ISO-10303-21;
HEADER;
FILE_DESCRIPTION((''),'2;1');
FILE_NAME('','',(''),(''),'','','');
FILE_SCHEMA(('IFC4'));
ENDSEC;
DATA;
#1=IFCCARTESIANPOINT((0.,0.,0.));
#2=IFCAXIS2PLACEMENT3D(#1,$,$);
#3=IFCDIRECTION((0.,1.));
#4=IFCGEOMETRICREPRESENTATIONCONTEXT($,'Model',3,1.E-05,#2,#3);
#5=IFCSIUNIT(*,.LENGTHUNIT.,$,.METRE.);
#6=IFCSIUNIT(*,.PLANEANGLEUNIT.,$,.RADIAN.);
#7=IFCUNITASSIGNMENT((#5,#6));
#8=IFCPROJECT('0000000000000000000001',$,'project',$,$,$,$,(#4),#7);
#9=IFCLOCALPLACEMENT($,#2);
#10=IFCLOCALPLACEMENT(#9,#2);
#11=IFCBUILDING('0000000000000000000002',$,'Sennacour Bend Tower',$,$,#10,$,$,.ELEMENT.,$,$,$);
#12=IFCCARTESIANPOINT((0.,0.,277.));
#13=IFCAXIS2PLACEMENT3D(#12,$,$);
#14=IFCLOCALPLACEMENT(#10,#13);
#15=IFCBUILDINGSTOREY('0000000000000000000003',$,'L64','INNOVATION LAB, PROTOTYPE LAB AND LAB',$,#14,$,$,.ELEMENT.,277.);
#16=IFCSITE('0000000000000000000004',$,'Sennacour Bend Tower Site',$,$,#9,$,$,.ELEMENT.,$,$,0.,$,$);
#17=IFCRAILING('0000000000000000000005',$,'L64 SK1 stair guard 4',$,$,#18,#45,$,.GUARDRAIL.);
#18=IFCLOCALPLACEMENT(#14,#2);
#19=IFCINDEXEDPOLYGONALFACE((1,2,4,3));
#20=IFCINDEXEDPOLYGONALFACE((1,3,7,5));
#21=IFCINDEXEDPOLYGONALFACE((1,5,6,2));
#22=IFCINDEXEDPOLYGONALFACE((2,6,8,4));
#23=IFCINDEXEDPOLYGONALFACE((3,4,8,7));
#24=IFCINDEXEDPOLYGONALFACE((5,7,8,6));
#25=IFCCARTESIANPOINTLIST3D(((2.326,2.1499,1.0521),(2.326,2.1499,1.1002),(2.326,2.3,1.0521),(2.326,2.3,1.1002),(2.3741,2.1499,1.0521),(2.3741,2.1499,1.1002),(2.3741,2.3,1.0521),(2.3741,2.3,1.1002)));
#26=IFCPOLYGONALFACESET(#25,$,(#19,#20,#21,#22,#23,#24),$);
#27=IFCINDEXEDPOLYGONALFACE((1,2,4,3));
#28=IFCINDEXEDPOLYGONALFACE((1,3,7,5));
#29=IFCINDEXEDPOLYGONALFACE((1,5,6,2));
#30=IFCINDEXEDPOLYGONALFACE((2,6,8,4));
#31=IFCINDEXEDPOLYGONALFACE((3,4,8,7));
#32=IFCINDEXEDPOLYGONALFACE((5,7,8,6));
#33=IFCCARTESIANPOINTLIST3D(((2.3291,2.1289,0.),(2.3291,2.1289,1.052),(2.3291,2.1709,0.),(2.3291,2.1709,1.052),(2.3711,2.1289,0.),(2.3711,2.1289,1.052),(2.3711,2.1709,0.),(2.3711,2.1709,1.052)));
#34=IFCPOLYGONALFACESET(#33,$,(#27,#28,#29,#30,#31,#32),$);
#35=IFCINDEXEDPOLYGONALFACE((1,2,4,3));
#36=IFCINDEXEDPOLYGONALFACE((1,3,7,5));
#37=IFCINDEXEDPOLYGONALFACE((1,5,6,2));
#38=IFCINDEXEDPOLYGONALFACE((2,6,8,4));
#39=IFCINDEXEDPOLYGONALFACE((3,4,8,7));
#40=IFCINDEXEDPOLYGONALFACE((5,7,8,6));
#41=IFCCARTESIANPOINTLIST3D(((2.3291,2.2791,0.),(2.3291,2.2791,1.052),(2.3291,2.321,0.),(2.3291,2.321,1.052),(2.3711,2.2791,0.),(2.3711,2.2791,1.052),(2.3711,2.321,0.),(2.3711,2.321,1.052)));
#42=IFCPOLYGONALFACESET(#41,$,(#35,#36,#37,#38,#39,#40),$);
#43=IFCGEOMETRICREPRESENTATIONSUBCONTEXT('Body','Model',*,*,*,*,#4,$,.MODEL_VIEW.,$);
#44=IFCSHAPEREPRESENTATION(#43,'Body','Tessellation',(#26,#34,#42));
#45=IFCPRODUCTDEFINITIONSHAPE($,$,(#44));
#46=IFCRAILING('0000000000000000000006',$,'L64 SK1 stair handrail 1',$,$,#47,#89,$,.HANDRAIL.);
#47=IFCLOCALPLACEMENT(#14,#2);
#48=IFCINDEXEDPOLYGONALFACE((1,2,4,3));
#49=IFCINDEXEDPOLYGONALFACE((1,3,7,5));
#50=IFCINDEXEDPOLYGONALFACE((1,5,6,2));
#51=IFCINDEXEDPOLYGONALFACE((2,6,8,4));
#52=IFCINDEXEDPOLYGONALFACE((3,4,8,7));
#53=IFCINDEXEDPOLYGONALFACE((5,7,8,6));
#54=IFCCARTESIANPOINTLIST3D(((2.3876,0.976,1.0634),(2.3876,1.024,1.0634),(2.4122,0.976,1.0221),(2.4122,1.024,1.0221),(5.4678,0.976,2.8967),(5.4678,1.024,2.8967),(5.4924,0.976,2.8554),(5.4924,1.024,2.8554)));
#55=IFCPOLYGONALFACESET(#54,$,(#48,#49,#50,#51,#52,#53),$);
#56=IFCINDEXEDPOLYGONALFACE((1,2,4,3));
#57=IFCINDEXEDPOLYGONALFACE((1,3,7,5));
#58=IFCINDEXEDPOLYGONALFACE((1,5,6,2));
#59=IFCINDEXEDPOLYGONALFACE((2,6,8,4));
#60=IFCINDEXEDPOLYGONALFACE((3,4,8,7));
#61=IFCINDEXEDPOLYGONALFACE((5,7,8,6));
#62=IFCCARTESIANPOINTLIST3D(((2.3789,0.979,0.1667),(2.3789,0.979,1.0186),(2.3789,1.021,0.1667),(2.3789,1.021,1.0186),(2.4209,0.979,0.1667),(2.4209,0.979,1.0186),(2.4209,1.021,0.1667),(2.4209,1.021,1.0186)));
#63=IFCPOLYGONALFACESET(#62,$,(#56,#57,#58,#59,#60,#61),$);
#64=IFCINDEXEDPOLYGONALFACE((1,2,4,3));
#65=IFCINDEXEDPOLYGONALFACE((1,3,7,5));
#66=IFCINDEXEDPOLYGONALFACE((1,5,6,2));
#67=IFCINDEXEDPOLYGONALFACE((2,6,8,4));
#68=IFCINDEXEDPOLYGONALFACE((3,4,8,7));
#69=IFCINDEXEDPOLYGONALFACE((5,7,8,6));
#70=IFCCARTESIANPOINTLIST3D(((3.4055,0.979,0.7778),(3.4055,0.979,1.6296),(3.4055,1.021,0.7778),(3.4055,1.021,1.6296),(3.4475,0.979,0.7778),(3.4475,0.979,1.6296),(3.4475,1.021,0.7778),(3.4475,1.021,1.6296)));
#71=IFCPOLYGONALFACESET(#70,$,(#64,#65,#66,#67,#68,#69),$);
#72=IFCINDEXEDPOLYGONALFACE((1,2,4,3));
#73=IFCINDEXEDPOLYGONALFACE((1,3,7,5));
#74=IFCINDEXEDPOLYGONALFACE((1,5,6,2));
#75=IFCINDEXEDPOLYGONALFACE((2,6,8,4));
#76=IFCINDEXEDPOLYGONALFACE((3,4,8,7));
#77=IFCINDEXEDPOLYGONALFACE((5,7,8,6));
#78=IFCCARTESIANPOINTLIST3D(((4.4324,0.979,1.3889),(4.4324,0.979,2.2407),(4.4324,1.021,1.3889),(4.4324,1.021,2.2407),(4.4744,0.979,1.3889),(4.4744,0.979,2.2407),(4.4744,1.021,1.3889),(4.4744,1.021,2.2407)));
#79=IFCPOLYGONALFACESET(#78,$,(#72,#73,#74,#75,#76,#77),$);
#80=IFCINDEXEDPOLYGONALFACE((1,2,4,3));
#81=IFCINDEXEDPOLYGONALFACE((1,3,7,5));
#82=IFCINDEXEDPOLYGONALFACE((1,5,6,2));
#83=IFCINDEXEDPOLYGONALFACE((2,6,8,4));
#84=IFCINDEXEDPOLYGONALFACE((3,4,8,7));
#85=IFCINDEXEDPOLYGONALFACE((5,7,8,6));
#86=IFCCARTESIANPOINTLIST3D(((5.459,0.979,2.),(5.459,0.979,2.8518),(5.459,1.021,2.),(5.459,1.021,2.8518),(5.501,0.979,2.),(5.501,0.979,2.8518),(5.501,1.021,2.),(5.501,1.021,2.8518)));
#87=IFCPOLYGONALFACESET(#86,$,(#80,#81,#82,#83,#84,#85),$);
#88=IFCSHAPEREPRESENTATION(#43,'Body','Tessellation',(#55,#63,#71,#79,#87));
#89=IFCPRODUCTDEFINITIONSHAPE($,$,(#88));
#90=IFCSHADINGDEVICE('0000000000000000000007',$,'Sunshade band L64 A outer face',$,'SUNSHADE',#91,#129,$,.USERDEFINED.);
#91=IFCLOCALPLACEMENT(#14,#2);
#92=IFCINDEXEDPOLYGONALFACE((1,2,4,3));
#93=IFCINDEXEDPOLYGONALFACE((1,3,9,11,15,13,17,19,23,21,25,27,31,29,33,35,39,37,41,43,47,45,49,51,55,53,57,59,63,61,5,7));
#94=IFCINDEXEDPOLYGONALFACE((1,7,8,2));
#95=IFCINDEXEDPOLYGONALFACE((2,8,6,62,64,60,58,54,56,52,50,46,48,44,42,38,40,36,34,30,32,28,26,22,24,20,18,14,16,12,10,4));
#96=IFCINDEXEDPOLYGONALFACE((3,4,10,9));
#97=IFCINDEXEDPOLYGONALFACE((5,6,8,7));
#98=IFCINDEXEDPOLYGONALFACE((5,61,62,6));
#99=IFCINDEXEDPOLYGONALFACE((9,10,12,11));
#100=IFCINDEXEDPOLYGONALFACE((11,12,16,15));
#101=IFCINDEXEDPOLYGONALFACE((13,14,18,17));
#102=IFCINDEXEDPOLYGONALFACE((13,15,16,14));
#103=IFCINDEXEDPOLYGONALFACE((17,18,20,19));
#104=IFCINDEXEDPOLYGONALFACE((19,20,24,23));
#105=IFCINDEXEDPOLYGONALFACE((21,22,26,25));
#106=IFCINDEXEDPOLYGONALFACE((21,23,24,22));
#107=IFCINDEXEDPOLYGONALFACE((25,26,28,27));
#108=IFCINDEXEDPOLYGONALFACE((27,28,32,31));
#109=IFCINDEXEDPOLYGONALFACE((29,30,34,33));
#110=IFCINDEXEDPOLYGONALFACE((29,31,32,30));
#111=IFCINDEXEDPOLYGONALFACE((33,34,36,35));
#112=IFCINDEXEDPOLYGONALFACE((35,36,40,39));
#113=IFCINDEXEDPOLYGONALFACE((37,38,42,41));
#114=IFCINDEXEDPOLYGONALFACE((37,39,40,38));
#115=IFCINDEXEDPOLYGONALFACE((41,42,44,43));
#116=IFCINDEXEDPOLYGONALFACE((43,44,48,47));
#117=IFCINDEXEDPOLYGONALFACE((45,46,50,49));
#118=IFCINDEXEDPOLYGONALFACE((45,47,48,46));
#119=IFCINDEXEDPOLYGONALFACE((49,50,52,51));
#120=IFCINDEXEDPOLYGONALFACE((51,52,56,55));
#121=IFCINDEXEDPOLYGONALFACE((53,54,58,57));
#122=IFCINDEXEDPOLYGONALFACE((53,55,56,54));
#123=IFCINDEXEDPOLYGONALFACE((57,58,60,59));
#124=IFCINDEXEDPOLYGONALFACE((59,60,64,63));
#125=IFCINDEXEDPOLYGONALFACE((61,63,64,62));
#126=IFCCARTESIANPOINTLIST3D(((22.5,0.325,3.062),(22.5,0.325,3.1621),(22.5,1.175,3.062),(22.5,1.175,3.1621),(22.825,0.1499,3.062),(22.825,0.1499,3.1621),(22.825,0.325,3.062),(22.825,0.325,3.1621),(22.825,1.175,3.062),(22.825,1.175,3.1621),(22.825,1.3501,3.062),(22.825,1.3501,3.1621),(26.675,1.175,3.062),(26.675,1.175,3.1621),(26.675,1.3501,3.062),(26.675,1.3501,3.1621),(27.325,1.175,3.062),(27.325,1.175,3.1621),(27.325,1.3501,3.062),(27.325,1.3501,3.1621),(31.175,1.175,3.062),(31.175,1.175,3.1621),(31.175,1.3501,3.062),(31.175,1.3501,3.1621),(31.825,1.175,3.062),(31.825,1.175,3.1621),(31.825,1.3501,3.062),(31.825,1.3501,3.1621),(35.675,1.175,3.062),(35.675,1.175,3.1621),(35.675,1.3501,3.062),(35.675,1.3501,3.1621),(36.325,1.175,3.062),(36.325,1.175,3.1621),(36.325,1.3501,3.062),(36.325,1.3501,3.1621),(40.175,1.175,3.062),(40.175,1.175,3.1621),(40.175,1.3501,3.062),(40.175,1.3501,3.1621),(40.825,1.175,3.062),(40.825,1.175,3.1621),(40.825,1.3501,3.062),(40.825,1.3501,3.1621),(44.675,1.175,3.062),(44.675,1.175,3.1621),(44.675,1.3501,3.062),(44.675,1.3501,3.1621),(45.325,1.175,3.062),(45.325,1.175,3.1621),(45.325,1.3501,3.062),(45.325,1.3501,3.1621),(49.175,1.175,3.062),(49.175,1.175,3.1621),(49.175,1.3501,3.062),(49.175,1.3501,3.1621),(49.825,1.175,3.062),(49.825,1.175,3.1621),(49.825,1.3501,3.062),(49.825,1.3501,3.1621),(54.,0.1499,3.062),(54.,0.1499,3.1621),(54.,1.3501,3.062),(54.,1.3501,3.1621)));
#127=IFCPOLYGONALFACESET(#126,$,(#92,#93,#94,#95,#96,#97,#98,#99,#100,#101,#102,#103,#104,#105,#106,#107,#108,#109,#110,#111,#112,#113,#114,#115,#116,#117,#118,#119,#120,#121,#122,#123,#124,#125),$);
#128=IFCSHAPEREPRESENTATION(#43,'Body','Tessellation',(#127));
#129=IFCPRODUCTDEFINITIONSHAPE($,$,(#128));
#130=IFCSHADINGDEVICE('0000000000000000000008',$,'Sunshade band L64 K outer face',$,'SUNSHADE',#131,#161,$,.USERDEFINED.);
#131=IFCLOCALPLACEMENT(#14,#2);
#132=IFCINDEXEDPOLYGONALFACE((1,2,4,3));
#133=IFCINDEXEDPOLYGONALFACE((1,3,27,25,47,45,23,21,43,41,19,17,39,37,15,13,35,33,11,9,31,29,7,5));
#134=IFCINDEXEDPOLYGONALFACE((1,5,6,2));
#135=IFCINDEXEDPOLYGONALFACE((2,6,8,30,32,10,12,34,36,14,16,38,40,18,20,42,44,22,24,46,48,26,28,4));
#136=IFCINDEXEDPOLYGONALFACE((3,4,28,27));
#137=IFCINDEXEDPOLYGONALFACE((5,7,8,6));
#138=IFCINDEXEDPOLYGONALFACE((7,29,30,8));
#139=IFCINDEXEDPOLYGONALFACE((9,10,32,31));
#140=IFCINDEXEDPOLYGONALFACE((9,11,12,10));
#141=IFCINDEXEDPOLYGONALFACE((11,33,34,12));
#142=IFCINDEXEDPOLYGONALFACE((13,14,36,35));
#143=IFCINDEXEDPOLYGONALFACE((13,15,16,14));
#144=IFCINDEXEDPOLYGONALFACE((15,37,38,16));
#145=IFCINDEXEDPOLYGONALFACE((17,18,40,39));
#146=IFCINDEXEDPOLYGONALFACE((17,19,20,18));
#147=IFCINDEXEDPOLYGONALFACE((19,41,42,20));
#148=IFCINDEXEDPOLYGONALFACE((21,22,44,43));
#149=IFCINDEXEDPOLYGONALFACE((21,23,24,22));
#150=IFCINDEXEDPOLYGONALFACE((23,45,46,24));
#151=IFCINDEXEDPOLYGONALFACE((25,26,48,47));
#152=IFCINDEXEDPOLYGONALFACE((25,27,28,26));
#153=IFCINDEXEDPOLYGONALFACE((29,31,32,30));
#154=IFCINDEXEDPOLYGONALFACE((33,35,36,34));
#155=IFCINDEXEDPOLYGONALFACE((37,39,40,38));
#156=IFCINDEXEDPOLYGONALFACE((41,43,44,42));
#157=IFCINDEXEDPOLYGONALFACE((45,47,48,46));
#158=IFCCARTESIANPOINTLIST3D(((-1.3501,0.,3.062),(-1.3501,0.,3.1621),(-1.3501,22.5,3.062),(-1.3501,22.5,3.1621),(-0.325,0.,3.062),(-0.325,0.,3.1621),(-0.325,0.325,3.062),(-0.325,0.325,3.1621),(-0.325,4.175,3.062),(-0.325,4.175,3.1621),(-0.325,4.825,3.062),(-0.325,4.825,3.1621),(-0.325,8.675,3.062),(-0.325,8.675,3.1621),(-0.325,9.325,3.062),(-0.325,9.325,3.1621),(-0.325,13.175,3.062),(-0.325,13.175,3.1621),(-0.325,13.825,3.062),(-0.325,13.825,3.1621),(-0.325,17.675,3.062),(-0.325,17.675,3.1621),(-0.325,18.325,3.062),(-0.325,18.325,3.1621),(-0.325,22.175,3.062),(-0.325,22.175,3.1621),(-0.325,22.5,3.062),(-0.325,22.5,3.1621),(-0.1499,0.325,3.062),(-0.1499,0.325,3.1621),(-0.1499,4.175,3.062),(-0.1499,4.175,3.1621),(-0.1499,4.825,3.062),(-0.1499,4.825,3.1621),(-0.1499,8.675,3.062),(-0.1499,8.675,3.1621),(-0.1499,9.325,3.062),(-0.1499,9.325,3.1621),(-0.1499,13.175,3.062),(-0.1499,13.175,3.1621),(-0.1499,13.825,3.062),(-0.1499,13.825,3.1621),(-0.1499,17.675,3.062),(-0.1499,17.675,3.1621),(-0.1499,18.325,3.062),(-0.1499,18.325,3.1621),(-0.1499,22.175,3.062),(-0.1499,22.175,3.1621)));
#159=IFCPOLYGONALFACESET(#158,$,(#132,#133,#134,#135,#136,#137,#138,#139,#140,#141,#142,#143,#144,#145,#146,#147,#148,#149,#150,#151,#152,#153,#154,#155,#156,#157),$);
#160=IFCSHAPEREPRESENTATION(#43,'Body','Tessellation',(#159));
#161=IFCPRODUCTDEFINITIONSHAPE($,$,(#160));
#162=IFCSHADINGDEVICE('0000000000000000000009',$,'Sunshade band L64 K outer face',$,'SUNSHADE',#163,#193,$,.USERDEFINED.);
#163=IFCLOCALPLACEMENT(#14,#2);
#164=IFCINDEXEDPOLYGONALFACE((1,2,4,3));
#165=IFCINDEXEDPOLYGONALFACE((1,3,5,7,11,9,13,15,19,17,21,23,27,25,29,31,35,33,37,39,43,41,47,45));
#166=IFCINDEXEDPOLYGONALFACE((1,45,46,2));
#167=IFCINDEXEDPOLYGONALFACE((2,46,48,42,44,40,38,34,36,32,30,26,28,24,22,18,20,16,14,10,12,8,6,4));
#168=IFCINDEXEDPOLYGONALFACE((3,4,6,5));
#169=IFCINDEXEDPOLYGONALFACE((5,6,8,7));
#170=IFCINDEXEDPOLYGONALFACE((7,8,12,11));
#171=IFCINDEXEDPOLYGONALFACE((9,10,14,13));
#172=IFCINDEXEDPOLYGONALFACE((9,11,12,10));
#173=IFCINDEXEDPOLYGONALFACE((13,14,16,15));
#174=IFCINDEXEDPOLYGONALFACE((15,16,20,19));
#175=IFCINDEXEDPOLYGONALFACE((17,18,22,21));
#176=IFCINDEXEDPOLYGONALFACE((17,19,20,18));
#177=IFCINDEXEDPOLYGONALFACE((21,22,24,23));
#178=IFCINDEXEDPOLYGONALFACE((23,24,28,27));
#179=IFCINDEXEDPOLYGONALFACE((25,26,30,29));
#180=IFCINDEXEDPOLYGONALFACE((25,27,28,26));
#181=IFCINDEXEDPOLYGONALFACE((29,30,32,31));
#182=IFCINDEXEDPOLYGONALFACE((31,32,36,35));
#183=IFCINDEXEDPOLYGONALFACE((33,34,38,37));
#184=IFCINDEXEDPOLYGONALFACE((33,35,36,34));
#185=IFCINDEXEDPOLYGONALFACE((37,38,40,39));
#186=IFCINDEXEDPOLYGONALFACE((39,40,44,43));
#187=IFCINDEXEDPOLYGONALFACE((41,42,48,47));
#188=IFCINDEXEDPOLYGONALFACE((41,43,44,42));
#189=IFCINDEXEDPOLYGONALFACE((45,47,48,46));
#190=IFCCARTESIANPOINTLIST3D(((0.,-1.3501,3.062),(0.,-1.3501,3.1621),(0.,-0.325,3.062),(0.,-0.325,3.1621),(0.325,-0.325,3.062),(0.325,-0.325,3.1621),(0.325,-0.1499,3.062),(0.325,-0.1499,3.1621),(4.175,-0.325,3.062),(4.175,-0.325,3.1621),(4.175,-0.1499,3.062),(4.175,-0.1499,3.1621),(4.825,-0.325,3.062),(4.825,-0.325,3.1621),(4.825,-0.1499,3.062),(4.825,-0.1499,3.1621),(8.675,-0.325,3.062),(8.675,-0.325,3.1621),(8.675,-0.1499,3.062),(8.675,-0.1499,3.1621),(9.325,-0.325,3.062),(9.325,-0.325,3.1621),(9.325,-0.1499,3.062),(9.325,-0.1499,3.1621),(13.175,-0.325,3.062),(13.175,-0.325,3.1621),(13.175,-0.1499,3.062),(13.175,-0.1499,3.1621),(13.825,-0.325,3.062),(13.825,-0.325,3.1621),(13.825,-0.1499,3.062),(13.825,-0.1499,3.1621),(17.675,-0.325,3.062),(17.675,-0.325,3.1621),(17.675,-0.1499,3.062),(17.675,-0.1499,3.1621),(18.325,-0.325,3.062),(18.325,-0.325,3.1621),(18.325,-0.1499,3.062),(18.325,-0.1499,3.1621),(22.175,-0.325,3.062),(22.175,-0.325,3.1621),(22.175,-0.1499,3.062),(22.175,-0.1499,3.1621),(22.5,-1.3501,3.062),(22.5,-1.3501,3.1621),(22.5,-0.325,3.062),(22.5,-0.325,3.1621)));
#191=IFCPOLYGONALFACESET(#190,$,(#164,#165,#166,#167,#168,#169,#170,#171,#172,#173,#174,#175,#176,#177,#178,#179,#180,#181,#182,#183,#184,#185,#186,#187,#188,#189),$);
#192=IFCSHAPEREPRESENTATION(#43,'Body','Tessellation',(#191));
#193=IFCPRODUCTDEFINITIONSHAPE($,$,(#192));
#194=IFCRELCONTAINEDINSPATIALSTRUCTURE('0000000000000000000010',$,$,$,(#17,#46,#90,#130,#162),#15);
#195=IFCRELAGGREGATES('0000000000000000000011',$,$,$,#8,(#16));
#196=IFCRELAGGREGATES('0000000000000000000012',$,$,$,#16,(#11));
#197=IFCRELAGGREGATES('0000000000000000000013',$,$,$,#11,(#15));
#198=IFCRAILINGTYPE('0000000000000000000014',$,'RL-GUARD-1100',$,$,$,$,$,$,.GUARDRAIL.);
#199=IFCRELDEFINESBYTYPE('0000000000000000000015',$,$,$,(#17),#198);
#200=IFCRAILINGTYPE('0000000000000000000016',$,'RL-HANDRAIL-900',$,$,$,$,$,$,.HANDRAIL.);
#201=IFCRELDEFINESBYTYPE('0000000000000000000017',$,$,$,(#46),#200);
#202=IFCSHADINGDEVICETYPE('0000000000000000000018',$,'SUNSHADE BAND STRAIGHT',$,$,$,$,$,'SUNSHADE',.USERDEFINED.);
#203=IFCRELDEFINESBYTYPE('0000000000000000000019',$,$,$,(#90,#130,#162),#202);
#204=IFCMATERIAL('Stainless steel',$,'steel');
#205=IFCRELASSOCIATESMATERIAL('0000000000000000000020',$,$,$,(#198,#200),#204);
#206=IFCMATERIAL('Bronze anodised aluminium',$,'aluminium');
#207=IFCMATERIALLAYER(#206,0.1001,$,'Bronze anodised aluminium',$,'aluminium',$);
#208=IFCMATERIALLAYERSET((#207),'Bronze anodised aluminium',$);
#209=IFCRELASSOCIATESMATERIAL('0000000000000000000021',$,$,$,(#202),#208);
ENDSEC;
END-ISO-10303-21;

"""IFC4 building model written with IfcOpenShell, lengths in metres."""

from ifc_helpers import new_model, si_unit, direction, frame, origin, origin_2d, place, context, subcontext, project, spatial, polyline, rectangle, outline, extrude, material, layer, layer_set, type_object, element, save


model = new_model("IFC4")

# Units and contexts
model_context = context("Model", 3, precision=1e-05, world=origin(), true_north=direction((0.0, 1.0)))
body_context = subcontext(model_context, "Body", "Model", "MODEL_VIEW")
ifc_project = project(units=[si_unit("LENGTHUNIT", "METRE"), si_unit("PLANEANGLEUNIT", "RADIAN")], contexts=[model_context])

# Site, building, storey
site_placement = place(None, origin())
site = spatial("IfcSite", under=ifc_project, at=site_placement, Name="Sennacour Bend Tower Site", CompositionType="ELEMENT", RefElevation=0.0)
building_placement = place(site_placement, origin())
building = spatial("IfcBuilding", under=site, at=building_placement, Name="Sennacour Bend Tower", CompositionType="ELEMENT")
storey_placement = place(building_placement, frame((0.0, 0.0, 277.0)))
storey = spatial("IfcBuildingStorey", under=building, at=storey_placement, Name="L64", Description="INNOVATION LAB, PROTOTYPE LAB AND LAB", CompositionType="ELEMENT", Elevation=277.0)

# Railings
ifc_material_1 = material(Name="Stainless steel", Category="steel")
railing_type_1 = type_object("IfcRailingType", Name="RL-GUARD-1100", PredefinedType="GUARDRAIL", material=ifc_material_1)
railing_1_placement = place(storey_placement, frame((2.3501, 2.1499, 0.0)))
element("IfcRailing", 1, at=railing_1_placement, inside=storey, type_object=railing_type_1, Name="L64 SK1 stair guard 4", PredefinedType="GUARDRAIL", context=body_context, shape_type="SweptSolid", body=[
    extrude(rectangle(XDim=0.0481, YDim=0.0481, at=origin_2d()), frame((0.0, 0.0, 1.0762), z_axis=(0.0, 1.0, 0.0), x_axis=(-1.0, 0.0, 0.0)), (0.0, 0.0, 1.0), 0.1501),
    extrude(rectangle(XDim=0.042, YDim=0.042, at=origin_2d()), origin(), (0.0, 0.0, 1.0), 1.052),
    extrude(rectangle(XDim=0.042, YDim=0.042, at=origin_2d()), frame((0.0, 0.1501, 0.0)), (0.0, 0.0, 1.0), 1.052),
])
railing_type_2 = type_object("IfcRailingType", Name="RL-HANDRAIL-900", PredefinedType="HANDRAIL", material=ifc_material_1)
railing_2_placement = place(storey_placement, frame((2.3999, 1.0, 0.1667)))
element("IfcRailing", 2, at=railing_2_placement, inside=storey, type_object=railing_type_2, Name="L64 SK1 stair handrail 1", PredefinedType="HANDRAIL", context=body_context, shape_type="SweptSolid", body=[
    extrude(rectangle(XDim=0.0481, YDim=0.0481, at=origin_2d()), frame((0.0, 0.0, 0.876), z_axis=(0.859309, 0.0, 0.511458), x_axis=(0.0, 1.0, 0.0)), (0.0, 0.0, 1.0), 3.5845),
    extrude(rectangle(XDim=0.042, YDim=0.042, at=origin_2d()), origin(), (0.0, 0.0, 1.0), 0.8518),
    extrude(rectangle(XDim=0.042, YDim=0.042, at=origin_2d()), frame((1.0266, 0.0, 0.6111)), (0.0, 0.0, 1.0), 0.8518),
    extrude(rectangle(XDim=0.042, YDim=0.042, at=origin_2d()), frame((2.0535, 0.0, 1.2222)), (0.0, 0.0, 1.0), 0.8518),
    extrude(rectangle(XDim=0.042, YDim=0.042, at=origin_2d()), frame((3.0801, 0.0, 1.8333)), (0.0, 0.0, 1.0), 0.8518),
])

# Shading devices
ifc_material_2 = material(Name="Bronze anodised aluminium", Category="aluminium")
ifc_layer_1 = layer(ifc_material_2, 0.1001, Name="Bronze anodised aluminium", Category="aluminium")
ifc_layer_set_1 = layer_set([ifc_layer_1], Name="Bronze anodised aluminium")
shading_device_type_1 = type_object("IfcShadingDeviceType", Name="SUNSHADE BAND STRAIGHT", ElementType="SUNSHADE", PredefinedType="USERDEFINED", material=ifc_layer_set_1)
shading_device_1_placement = place(storey_placement, frame((0.0, 0.0, 3.062)))
element("IfcShadingDevice", 3, at=shading_device_1_placement, inside=storey, type_object=shading_device_type_1, Name="Sunshade band L64 A outer face", ObjectType="SUNSHADE", PredefinedType="USERDEFINED", context=body_context, shape_type="SweptSolid", body=[
    extrude(outline(polyline([(26.675, 1.3501), (26.675, 1.175), (27.325, 1.175), (27.325, 1.3501), (31.175, 1.3501), (31.175, 1.175), (31.825, 1.175), (31.825, 1.3501), (35.675, 1.3501), (35.675, 1.175), (36.325, 1.175), (36.325, 1.3501), (40.175, 1.3501), (40.175, 1.175), (40.825, 1.175), (40.825, 1.3501), (44.675, 1.3501), (44.675, 1.175), (45.325, 1.175), (45.325, 1.3501), (49.175, 1.3501), (49.175, 1.175), (49.825, 1.175), (49.825, 1.3501), (54.0, 1.3501), (54.0, 0.1499), (22.825, 0.1499), (22.825, 0.325), (22.5, 0.325), (22.5, 1.175), (22.825, 1.175), (22.825, 1.3501), (26.675, 1.3501)])), origin(), (0.0, 0.0, 1.0), 0.1001),
])
shading_device_2_placement = place(storey_placement, frame((0.0, 0.0, 3.062)))
element("IfcShadingDevice", 4, at=shading_device_2_placement, inside=storey, type_object=shading_device_type_1, Name="Sunshade band L64 K outer face", ObjectType="SUNSHADE", PredefinedType="USERDEFINED", context=body_context, shape_type="SweptSolid", body=[
    extrude(outline(polyline([(-0.1499, 18.325), (-0.325, 18.325), (-0.325, 17.675), (-0.1499, 17.675), (-0.1499, 13.825), (-0.325, 13.825), (-0.325, 13.175), (-0.1499, 13.175), (-0.1499, 9.325), (-0.325, 9.325), (-0.325, 8.675), (-0.1499, 8.675), (-0.1499, 4.825), (-0.325, 4.825), (-0.325, 4.175), (-0.1499, 4.175), (-0.1499, 0.325), (-0.325, 0.325), (-0.325, 0.0), (-1.3501, 0.0), (-1.3501, 22.5), (-0.325, 22.5), (-0.325, 22.175), (-0.1499, 22.175), (-0.1499, 18.325)])), origin(), (0.0, 0.0, 1.0), 0.1001),
])
shading_device_3_placement = place(storey_placement, frame((0.0, 0.0, 3.062)))
element("IfcShadingDevice", 5, at=shading_device_3_placement, inside=storey, type_object=shading_device_type_1, Name="Sunshade band L64 K outer face", ObjectType="SUNSHADE", PredefinedType="USERDEFINED", context=body_context, shape_type="SweptSolid", body=[
    extrude(outline(polyline([(4.175, -0.1499), (4.175, -0.325), (4.825, -0.325), (4.825, -0.1499), (8.675, -0.1499), (8.675, -0.325), (9.325, -0.325), (9.325, -0.1499), (13.175, -0.1499), (13.175, -0.325), (13.825, -0.325), (13.825, -0.1499), (17.675, -0.1499), (17.675, -0.325), (18.325, -0.325), (18.325, -0.1499), (22.175, -0.1499), (22.175, -0.325), (22.5, -0.325), (22.5, -1.3501), (0.0, -1.3501), (0.0, -0.325), (0.325, -0.325), (0.325, -0.1499), (4.175, -0.1499)])), origin(), (0.0, 0.0, 1.0), 0.1001),
])

save(model, "model.ifc")
